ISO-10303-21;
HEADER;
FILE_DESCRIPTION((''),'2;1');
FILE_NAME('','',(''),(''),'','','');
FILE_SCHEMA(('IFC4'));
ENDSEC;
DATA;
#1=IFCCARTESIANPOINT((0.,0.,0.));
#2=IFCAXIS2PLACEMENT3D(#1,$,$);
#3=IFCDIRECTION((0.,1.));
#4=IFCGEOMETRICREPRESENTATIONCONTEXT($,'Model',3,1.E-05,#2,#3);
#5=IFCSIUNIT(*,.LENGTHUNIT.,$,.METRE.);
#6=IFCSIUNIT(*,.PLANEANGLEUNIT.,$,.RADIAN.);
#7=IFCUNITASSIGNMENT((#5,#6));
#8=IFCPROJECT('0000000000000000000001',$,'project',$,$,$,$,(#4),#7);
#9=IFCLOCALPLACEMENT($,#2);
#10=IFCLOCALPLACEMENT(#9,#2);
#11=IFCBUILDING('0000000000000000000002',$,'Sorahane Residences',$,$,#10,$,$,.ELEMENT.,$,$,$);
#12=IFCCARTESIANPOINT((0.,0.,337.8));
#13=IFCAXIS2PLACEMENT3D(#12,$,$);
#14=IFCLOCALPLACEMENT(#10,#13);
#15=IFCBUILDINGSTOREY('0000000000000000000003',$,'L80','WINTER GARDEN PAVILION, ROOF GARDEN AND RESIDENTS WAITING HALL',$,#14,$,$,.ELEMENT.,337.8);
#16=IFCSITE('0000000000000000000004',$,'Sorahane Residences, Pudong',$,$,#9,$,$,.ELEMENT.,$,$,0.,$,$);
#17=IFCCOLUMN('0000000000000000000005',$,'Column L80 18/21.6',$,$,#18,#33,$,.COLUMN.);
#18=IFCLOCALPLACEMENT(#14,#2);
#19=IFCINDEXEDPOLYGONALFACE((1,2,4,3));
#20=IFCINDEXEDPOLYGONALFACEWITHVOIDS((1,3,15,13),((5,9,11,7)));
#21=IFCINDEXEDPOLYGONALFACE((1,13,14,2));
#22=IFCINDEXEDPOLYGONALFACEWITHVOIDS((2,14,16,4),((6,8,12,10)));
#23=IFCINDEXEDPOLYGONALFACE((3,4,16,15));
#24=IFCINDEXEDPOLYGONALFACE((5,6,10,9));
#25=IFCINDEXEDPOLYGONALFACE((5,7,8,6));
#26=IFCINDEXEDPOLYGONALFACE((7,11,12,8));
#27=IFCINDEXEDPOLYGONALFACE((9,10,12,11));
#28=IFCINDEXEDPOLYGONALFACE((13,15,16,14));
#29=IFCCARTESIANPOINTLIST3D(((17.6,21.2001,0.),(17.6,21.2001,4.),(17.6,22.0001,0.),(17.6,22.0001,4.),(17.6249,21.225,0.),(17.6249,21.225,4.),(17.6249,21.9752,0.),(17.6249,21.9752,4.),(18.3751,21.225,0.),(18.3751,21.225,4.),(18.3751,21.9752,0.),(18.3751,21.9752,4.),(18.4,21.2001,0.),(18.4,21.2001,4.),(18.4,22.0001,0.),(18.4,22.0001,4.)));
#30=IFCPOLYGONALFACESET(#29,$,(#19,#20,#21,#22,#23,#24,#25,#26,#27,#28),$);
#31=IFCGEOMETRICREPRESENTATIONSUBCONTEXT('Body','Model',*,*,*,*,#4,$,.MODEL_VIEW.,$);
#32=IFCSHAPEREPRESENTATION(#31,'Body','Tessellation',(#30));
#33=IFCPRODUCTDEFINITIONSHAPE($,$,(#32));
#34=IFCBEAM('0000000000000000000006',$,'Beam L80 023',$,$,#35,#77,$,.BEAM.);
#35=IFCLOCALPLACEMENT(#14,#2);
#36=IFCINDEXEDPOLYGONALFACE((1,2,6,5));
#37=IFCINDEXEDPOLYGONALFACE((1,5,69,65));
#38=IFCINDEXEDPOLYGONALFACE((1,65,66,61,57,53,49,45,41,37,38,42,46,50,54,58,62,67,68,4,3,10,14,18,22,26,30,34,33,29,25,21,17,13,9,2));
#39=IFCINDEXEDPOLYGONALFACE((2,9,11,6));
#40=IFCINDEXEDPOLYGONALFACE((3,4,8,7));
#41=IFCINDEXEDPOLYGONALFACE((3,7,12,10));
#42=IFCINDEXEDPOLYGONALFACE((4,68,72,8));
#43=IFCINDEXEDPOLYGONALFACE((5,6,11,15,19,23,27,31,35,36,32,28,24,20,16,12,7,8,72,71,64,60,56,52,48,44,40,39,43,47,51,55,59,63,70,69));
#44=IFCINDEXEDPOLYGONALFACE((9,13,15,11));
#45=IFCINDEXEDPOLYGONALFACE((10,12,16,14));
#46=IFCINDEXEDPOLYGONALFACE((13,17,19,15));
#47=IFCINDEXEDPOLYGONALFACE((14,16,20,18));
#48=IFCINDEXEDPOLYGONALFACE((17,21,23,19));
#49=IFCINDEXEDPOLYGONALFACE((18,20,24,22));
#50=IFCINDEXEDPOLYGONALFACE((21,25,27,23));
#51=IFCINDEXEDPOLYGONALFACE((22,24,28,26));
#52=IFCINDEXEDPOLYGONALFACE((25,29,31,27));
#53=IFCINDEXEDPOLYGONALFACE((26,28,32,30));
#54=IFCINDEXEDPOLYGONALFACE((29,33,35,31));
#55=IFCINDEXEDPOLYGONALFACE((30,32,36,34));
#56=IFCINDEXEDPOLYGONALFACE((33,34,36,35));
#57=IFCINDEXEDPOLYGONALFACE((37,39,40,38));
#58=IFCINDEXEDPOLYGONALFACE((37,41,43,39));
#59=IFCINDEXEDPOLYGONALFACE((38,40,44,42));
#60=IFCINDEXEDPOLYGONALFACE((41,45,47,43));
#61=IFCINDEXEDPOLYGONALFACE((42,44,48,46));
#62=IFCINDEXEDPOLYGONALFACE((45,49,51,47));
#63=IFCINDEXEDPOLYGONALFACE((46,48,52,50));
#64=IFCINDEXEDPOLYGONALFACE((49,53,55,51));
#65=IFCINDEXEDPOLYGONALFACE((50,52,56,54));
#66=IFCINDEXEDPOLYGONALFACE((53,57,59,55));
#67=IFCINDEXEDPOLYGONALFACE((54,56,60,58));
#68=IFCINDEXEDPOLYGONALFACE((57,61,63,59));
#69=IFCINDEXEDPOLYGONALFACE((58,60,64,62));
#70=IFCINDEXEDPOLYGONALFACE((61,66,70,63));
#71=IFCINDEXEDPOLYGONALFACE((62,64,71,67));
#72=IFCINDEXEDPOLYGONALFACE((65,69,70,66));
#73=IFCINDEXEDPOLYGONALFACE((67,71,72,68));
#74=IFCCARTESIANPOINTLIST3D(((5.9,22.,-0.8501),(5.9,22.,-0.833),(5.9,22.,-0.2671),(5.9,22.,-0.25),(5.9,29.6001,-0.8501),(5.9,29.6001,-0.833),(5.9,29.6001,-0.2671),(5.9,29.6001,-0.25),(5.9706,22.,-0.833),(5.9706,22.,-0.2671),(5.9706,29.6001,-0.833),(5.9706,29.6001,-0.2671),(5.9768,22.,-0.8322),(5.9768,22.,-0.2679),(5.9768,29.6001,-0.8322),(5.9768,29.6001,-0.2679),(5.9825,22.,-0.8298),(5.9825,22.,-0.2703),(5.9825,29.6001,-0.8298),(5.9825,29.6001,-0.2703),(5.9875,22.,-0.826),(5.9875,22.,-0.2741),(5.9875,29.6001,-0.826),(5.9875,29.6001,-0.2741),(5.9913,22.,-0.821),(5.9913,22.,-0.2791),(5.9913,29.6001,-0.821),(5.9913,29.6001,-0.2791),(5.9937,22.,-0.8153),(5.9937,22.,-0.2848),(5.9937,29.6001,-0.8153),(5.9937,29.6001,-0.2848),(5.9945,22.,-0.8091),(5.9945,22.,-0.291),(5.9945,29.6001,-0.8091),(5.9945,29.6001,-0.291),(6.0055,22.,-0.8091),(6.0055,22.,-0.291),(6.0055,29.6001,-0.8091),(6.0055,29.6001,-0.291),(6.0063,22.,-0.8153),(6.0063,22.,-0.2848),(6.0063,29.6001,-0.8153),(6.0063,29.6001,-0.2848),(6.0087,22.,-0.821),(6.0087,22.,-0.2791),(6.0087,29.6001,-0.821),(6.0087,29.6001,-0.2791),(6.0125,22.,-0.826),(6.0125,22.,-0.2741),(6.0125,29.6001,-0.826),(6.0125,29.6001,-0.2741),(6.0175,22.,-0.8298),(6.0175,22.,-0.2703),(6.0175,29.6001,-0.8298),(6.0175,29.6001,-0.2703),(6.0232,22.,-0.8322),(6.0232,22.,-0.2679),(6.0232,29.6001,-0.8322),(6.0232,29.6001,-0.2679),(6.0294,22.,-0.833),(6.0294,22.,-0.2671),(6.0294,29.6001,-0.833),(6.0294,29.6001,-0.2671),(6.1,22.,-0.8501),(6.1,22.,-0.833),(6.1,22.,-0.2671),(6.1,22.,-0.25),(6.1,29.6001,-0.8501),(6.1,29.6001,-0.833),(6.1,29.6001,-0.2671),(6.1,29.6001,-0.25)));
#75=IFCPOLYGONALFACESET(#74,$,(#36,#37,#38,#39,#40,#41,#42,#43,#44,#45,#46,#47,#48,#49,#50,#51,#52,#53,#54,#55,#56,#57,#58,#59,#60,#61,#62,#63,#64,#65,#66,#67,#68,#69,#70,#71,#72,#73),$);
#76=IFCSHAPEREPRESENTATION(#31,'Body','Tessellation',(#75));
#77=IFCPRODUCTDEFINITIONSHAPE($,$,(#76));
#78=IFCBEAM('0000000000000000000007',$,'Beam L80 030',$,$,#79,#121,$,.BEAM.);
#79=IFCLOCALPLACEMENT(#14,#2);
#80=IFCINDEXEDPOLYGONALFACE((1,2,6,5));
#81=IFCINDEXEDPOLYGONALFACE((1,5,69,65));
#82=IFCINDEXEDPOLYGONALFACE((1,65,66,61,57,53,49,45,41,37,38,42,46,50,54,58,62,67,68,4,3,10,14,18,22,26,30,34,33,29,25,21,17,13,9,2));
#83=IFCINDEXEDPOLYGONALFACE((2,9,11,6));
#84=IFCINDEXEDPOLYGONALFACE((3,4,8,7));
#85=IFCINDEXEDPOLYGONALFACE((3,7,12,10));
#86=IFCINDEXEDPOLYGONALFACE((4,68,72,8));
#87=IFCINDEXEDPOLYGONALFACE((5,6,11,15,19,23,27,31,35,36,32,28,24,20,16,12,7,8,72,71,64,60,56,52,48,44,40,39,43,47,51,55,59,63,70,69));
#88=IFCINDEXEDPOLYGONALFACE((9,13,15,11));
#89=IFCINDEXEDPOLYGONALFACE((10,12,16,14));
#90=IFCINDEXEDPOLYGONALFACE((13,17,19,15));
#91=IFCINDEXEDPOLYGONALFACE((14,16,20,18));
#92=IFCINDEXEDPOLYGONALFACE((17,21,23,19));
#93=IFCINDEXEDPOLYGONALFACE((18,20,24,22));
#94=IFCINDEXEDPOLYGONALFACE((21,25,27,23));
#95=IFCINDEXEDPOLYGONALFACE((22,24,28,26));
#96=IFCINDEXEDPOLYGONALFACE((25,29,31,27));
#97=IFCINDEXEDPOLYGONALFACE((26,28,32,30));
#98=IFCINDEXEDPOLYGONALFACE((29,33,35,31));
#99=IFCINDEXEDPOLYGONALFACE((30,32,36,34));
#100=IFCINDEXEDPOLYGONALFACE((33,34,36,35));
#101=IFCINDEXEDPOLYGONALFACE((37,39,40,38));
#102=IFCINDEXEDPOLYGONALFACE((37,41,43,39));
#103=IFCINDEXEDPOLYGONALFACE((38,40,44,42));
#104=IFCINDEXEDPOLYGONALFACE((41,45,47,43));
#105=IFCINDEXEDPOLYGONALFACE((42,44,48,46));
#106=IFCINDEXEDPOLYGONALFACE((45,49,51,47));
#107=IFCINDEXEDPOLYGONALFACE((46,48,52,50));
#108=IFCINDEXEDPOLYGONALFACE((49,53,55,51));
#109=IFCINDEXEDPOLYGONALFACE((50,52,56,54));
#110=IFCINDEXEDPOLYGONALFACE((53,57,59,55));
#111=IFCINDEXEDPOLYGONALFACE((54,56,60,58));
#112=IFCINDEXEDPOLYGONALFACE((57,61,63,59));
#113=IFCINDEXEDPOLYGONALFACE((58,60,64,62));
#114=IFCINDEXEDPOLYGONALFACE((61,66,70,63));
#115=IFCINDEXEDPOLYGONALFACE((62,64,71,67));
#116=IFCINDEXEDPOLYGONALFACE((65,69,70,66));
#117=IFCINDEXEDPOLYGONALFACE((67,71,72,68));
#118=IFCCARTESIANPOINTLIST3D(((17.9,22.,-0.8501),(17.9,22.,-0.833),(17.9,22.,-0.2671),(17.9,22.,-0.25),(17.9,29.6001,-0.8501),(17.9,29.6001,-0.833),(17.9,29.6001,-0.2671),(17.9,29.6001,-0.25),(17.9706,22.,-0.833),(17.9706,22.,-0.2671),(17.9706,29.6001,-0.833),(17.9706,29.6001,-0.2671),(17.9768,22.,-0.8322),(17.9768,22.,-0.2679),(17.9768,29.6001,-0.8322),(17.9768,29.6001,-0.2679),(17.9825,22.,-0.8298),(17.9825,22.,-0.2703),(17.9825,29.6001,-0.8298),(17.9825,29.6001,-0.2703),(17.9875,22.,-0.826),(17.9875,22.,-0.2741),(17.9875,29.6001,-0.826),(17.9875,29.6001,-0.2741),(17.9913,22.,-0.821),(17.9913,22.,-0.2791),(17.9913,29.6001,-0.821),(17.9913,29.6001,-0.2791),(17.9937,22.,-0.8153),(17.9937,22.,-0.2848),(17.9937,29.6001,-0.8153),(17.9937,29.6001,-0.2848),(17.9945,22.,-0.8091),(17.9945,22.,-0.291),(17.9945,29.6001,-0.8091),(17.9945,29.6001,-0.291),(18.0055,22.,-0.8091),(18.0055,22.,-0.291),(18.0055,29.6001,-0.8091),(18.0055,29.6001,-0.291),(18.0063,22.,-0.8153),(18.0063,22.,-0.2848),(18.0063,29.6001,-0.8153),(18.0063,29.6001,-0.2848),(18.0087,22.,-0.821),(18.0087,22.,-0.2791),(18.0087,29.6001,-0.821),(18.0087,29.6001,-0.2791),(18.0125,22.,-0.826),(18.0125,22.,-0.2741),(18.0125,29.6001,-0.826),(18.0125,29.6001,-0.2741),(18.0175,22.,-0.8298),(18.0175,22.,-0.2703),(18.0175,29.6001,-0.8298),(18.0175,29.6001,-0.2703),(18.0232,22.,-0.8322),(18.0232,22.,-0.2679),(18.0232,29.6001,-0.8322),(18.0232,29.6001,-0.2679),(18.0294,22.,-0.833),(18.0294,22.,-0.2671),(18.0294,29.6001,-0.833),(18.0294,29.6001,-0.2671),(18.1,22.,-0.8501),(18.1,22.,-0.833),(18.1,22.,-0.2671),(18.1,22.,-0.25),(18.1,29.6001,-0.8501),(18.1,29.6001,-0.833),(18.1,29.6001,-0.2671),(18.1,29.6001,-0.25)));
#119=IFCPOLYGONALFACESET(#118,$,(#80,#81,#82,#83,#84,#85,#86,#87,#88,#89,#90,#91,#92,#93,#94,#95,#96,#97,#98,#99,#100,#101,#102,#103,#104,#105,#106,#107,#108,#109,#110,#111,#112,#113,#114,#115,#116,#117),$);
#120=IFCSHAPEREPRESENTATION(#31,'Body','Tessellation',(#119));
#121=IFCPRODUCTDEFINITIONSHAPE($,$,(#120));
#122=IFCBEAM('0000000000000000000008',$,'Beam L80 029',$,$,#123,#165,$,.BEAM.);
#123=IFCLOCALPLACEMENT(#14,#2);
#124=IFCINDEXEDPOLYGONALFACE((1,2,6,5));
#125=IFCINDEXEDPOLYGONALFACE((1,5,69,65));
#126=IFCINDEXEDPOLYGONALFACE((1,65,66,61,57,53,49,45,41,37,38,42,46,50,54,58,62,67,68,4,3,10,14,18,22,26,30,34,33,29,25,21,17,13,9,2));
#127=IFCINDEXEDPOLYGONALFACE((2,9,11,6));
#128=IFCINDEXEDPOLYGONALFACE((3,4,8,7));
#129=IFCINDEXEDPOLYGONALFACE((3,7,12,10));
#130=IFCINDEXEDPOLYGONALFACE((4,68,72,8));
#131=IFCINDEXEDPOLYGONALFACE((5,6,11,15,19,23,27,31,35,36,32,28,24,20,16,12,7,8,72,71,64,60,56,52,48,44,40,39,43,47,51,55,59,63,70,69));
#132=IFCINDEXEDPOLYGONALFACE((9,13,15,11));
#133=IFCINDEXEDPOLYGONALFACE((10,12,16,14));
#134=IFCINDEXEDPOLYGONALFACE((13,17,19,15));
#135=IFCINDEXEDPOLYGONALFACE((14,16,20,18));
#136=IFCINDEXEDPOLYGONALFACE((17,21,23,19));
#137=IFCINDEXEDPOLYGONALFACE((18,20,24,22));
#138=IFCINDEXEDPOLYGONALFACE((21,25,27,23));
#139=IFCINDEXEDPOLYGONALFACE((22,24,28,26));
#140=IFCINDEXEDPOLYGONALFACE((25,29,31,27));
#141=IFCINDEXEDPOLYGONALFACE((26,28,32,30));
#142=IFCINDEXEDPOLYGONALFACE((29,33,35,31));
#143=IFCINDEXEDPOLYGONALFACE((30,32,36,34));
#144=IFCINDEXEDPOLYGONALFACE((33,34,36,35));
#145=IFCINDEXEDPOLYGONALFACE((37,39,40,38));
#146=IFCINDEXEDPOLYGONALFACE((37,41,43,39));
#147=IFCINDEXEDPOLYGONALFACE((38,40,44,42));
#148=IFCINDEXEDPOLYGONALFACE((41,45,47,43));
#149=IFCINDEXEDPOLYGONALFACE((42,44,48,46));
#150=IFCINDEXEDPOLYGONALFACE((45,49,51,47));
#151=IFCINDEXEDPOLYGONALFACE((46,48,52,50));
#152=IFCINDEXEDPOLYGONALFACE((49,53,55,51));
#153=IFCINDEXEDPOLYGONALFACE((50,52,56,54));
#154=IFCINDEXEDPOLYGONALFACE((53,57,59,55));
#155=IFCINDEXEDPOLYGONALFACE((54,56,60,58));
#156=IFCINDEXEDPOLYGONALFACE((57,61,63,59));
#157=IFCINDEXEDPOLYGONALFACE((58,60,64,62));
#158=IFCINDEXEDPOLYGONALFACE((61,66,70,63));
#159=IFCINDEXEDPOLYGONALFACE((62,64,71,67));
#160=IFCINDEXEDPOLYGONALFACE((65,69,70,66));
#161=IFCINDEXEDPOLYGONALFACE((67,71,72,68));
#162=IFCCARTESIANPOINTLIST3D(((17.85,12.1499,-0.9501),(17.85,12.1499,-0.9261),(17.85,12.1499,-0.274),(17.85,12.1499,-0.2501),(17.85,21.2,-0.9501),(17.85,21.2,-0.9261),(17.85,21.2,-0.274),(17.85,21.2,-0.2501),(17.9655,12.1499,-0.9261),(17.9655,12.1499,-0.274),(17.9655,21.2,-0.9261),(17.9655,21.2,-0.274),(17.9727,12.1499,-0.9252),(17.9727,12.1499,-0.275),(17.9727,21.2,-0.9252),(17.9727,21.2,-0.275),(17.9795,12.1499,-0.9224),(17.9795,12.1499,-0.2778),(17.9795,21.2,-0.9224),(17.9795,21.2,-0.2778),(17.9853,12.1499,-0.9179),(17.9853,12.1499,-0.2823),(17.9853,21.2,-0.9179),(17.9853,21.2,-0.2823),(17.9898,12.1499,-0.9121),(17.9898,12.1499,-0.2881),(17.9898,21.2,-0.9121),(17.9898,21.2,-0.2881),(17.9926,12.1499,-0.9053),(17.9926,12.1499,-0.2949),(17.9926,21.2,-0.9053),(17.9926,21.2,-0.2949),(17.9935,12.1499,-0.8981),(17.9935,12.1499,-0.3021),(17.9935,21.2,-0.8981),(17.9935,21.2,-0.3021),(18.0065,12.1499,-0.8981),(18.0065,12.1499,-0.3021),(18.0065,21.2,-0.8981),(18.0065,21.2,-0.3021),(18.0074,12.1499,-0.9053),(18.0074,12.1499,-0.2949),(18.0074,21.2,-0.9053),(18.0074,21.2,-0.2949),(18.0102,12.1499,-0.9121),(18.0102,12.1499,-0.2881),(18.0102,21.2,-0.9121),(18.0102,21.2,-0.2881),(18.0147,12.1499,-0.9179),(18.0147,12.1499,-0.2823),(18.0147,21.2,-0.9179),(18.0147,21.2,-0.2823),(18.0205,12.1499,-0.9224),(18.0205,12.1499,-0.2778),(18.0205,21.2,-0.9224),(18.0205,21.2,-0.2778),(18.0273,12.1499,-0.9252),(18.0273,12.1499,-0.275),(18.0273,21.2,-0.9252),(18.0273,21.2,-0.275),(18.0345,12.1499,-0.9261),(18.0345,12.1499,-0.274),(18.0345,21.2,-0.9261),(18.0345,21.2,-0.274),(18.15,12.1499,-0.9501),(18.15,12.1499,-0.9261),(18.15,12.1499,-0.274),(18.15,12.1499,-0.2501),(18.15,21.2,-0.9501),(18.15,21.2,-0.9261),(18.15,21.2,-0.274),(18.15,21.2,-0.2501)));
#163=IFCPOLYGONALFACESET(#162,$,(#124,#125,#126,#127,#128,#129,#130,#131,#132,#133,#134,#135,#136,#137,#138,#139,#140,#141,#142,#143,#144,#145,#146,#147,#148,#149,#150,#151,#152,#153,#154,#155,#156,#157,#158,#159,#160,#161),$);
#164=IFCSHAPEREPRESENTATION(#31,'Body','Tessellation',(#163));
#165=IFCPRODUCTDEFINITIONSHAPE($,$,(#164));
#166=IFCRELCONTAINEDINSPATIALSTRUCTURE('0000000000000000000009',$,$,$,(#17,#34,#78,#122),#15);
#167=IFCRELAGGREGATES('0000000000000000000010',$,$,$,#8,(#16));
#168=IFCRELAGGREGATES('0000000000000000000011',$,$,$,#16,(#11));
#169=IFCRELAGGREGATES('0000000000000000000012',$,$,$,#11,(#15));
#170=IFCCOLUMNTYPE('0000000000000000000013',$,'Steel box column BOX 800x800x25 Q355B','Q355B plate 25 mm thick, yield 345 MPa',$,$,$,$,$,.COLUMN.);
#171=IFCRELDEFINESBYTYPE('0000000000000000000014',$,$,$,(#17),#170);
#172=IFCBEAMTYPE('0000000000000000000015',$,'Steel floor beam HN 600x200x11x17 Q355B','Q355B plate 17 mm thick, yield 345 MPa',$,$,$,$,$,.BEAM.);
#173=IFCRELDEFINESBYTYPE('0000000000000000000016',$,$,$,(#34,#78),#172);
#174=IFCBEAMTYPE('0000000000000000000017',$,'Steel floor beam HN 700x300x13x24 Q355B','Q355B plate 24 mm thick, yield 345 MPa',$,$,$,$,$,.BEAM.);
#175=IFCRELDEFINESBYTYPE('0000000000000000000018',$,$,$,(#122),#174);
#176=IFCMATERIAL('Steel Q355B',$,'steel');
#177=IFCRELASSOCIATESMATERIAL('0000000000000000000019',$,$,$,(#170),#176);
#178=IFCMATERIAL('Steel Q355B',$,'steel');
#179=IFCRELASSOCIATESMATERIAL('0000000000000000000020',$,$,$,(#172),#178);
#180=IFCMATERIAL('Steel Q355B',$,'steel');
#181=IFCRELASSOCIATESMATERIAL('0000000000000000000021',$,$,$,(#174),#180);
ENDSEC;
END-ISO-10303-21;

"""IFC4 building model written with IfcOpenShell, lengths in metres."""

from ifc_helpers import new_model, si_unit, direction, frame, origin, origin_2d, place, context, subcontext, project, spatial, hollow_rectangle, i_section, extrude, material, material_profile, profile_set, type_object, element, save


model = new_model("IFC4")

# Units and contexts
model_context = context("Model", 3, precision=1e-05, world=origin(), true_north=direction((0.0, 1.0)))
body_context = subcontext(model_context, "Body", "Model", "MODEL_VIEW")
ifc_project = project(units=[si_unit("LENGTHUNIT", "METRE"), si_unit("PLANEANGLEUNIT", "RADIAN")], contexts=[model_context])

# Site, building, storey
site_placement = place(None, origin())
site = spatial("IfcSite", under=ifc_project, at=site_placement, Name="Sorahane Residences, Pudong", CompositionType="ELEMENT", RefElevation=0.0)
building_placement = place(site_placement, origin())
building = spatial("IfcBuilding", under=site, at=building_placement, Name="Sorahane Residences", CompositionType="ELEMENT")
storey_placement = place(building_placement, frame((0.0, 0.0, 337.8)))
storey = spatial("IfcBuildingStorey", under=building, at=storey_placement, Name="L80", Description="WINTER GARDEN PAVILION, ROOF GARDEN AND RESIDENTS WAITING HALL", CompositionType="ELEMENT", Elevation=337.8)

# Column
ifc_material_1 = material(Name="Steel Q355B", Category="steel")
ifc_material_profile_1 = material_profile(ifc_material_1, hollow_rectangle(XDim=0.8, YDim=0.8, WallThickness=0.0249, at=origin_2d()), Name="BOX 800x800x25")
ifc_profile_set_1 = profile_set([ifc_material_profile_1], Name="Steel Q355B")
column_type = type_object("IfcColumnType", Name="Steel box column BOX 800x800x25 Q355B", Description="Q355B plate 25 mm thick, yield 345 MPa", PredefinedType="COLUMN", material=ifc_profile_set_1)
column_placement = place(storey_placement, frame((18.0, 21.6001, 0.0), z_axis=(0.0, 0.0, 1.0), x_axis=(1.0, 0.0, 0.0)))
element("IfcColumn", 1, at=column_placement, inside=storey, type_object=column_type, Name="Column L80 18/21.6", PredefinedType="COLUMN", context=body_context, shape_type="SweptSolid", body=[
    extrude(hollow_rectangle(XDim=0.8, YDim=0.8, WallThickness=0.0249, at=origin_2d()), origin(), (0.0, 0.0, 1.0), 4.0),
])

# Beams
ifc_material_2 = material(Name="Steel Q355B", Category="steel")
ifc_material_profile_2 = material_profile(ifc_material_2, i_section(OverallWidth=0.2, OverallDepth=0.6001, WebThickness=0.011, FlangeThickness=0.0171, FilletRadius=0.0239, at=origin_2d()), Name="HN 600x200x11x17")
ifc_profile_set_2 = profile_set([ifc_material_profile_2], Name="Steel Q355B")
beam_type_1 = type_object("IfcBeamType", Name="Steel floor beam HN 600x200x11x17 Q355B", Description="Q355B plate 17 mm thick, yield 345 MPa", PredefinedType="BEAM", material=ifc_profile_set_2)
for number, where, z_axis, x_axis, name in (
    (2, (6.0, 22.0, -0.55), (0.0, 1.0, 0.0), (-1.0, 0.0, 0.0), "Beam L80 023"),
    (3, (18.0, 22.0, -0.55), (0.0, 1.0, 0.0), (-1.0, 0.0, 0.0), "Beam L80 030"),
):
    element("IfcBeam", number, at=place(storey_placement, frame(where, z_axis=z_axis, x_axis=x_axis)), inside=storey, type_object=beam_type_1, Name=name, PredefinedType="BEAM", context=body_context, shape_type="SweptSolid", body=[
        extrude(i_section(OverallWidth=0.2, OverallDepth=0.6001, WebThickness=0.011, FlangeThickness=0.0171, FilletRadius=0.0239, at=origin_2d()), origin(), (0.0, 0.0, 1.0), 7.6001),
    ])
ifc_material_3 = material(Name="Steel Q355B", Category="steel")
ifc_material_profile_3 = material_profile(ifc_material_3, i_section(OverallWidth=0.3, OverallDepth=0.7, WebThickness=0.0129, FlangeThickness=0.0239, FilletRadius=0.0281, at=origin_2d()), Name="HN 700x300x13x24")
ifc_profile_set_3 = profile_set([ifc_material_profile_3], Name="Steel Q355B")
beam_type_2 = type_object("IfcBeamType", Name="Steel floor beam HN 700x300x13x24 Q355B", Description="Q355B plate 24 mm thick, yield 345 MPa", PredefinedType="BEAM", material=ifc_profile_set_3)
beam_1_placement = place(storey_placement, frame((18.0, 12.1499, -0.6001), z_axis=(0.0, 1.0, 0.0), x_axis=(-1.0, 0.0, 0.0)))
element("IfcBeam", 4, at=beam_1_placement, inside=storey, type_object=beam_type_2, Name="Beam L80 029", PredefinedType="BEAM", context=body_context, shape_type="SweptSolid", body=[
    extrude(i_section(OverallWidth=0.3, OverallDepth=0.7, WebThickness=0.0129, FlangeThickness=0.0239, FilletRadius=0.0281, at=origin_2d()), origin(), (0.0, 0.0, 1.0), 9.05),
])

save(model, "model.ifc")
